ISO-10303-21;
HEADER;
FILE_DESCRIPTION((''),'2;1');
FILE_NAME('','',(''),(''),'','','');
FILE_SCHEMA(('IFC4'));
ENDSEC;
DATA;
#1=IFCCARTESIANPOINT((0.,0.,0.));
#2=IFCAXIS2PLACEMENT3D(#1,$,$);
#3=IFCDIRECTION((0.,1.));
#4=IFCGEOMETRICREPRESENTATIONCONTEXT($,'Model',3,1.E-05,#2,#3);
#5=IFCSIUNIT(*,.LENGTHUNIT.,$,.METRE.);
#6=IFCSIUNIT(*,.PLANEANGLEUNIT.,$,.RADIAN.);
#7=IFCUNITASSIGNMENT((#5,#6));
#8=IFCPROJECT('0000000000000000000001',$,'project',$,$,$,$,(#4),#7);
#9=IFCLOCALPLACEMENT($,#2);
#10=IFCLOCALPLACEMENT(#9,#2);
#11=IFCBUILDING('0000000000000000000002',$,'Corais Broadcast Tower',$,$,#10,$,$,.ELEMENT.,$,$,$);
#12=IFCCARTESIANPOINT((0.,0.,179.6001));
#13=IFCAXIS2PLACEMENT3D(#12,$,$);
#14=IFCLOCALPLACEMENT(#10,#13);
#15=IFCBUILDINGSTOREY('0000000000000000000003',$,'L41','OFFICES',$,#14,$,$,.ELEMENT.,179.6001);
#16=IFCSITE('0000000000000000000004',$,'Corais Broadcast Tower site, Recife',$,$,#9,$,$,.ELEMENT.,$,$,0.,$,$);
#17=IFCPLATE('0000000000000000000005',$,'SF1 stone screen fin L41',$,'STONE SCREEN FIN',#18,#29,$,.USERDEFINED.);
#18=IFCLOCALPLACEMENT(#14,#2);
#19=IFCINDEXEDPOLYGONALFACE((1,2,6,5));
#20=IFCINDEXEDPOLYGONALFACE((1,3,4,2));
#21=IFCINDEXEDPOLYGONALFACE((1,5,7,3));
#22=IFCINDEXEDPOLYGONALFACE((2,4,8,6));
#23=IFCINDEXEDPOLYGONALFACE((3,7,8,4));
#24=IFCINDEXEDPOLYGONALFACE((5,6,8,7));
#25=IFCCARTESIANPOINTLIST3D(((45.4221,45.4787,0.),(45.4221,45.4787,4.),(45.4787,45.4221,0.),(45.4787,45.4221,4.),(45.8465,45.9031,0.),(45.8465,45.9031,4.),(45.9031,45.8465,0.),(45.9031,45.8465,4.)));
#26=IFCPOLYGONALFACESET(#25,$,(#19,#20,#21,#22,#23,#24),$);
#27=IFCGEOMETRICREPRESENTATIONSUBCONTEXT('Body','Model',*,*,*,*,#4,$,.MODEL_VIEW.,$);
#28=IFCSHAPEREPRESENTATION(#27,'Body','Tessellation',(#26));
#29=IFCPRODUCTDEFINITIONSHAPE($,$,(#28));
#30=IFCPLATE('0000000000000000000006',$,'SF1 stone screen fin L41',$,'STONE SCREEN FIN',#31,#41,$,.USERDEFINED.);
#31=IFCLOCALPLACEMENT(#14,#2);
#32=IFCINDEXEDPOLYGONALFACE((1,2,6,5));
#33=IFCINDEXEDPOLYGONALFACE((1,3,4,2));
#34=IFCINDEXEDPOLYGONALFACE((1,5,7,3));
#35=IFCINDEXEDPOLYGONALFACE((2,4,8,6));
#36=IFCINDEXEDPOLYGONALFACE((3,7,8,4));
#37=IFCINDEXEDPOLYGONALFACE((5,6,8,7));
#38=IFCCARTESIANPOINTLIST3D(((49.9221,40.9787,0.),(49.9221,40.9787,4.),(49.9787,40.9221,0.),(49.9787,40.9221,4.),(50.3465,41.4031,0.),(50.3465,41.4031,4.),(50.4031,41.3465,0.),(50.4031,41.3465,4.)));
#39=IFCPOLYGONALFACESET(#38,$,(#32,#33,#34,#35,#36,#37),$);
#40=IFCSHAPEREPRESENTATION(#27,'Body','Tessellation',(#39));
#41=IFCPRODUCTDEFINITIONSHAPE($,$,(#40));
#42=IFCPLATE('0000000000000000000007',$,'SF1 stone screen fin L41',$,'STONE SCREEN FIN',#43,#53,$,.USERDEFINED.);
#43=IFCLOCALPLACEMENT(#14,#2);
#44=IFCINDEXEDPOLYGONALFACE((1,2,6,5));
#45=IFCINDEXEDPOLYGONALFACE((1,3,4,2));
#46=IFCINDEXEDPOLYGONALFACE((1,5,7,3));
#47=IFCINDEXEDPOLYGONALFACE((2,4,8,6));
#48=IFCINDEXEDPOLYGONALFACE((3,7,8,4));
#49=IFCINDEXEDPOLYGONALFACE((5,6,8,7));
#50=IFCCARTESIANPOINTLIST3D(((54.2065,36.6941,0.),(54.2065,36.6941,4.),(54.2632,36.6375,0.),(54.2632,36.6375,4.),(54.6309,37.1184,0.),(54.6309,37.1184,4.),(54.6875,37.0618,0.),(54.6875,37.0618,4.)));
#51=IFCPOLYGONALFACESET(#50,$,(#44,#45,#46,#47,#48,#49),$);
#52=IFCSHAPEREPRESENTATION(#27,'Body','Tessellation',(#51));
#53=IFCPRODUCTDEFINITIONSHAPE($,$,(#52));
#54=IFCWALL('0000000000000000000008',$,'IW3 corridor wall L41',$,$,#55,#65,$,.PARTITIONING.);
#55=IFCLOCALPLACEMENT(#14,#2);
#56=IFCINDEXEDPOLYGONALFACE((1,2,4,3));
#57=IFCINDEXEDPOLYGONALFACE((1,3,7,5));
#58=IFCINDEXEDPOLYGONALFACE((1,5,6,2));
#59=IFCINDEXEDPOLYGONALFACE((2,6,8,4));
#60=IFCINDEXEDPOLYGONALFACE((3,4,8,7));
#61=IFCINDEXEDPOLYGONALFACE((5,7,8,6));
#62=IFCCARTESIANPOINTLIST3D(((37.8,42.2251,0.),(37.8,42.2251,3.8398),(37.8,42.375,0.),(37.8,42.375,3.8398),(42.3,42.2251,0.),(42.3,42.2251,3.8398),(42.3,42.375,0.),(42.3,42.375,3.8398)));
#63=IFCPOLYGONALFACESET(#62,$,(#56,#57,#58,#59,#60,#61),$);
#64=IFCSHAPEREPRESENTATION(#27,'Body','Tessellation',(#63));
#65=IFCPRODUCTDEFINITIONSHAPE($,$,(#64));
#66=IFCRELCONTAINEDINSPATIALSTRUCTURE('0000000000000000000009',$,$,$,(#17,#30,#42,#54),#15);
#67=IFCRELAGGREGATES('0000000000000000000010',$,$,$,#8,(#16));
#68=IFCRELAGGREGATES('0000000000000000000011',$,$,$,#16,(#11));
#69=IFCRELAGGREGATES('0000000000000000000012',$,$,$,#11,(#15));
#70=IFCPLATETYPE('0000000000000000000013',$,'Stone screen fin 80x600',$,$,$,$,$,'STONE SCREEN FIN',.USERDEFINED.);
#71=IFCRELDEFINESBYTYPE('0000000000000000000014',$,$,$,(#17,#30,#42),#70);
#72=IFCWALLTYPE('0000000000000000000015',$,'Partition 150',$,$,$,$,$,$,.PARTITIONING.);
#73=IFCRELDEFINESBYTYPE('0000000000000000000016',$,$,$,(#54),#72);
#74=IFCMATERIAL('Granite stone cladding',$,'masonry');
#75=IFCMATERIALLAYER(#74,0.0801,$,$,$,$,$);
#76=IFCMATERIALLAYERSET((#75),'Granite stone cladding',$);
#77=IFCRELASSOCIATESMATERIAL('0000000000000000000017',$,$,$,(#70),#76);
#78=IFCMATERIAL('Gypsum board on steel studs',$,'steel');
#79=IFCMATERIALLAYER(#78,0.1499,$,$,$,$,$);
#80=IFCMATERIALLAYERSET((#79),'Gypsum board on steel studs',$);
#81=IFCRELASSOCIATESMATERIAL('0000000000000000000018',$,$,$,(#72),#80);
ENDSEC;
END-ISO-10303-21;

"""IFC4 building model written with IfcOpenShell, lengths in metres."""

from ifc_helpers import new_model, si_unit, direction, frame, frame_2d, origin, origin_2d, place, context, subcontext, project, spatial, rectangle, extrude, material, layer, layer_set, type_object, element, save


model = new_model("IFC4")

# Units and contexts
model_context = context("Model", 3, precision=1e-05, world=origin(), true_north=direction((0.0, 1.0)))
body_context = subcontext(model_context, "Body", "Model", "MODEL_VIEW")
ifc_project = project(units=[si_unit("LENGTHUNIT", "METRE"), si_unit("PLANEANGLEUNIT", "RADIAN")], contexts=[model_context])

# Site, building, storey
site_placement = place(None, origin())
site = spatial("IfcSite", under=ifc_project, at=site_placement, Name="Corais Broadcast Tower site, Recife", CompositionType="ELEMENT", RefElevation=0.0)
building_placement = place(site_placement, origin())
building = spatial("IfcBuilding", under=site, at=building_placement, Name="Corais Broadcast Tower", CompositionType="ELEMENT")
storey_placement = place(building_placement, frame((0.0, 0.0, 179.6001)))
storey = spatial("IfcBuildingStorey", under=building, at=storey_placement, Name="L41", Description="OFFICES", CompositionType="ELEMENT", Elevation=179.6001)

# Plates
ifc_material_1 = material(Name="Granite stone cladding", Category="masonry")
ifc_layer_1 = layer(ifc_material_1, 0.0801)
ifc_layer_set_1 = layer_set([ifc_layer_1], Name="Granite stone cladding")
plate_type_1 = type_object("IfcPlateType", Name="Stone screen fin 80x600", ElementType="STONE SCREEN FIN", PredefinedType="USERDEFINED", material=ifc_layer_set_1)
for number, where, z_axis, x_axis, name in (
    (1, (45.6626, 45.6626, 0.0), (0.0, 0.0, 1.0), (0.707107, -0.707107, 0.0), "SF1 stone screen fin L41"),
    (2, (50.1626, 41.1626, 0.0), (0.0, 0.0, 1.0), (0.707107, -0.707107, 0.0), "SF1 stone screen fin L41"),
    (3, (54.447, 36.8779, 0.0), (0.0, 0.0, 1.0), (0.707107, -0.707107, 0.0), "SF1 stone screen fin L41"),
):
    element("IfcPlate", number, at=place(storey_placement, frame(where, z_axis=z_axis, x_axis=x_axis)), inside=storey, type_object=plate_type_1, Name=name, ObjectType="STONE SCREEN FIN", PredefinedType="USERDEFINED", context=body_context, shape_type="SweptSolid", body=[
        extrude(rectangle(XDim=0.0801, YDim=0.6001, at=origin_2d()), origin(), (0.0, 0.0, 1.0), 4.0),
    ])

# Wall
ifc_material_2 = material(Name="Gypsum board on steel studs", Category="steel")
ifc_layer_2 = layer(ifc_material_2, 0.1499)
ifc_layer_set_2 = layer_set([ifc_layer_2], Name="Gypsum board on steel studs")
wall_type = type_object("IfcWallType", Name="Partition 150", PredefinedType="PARTITIONING", material=ifc_layer_set_2)
wall_placement = place(storey_placement, frame((42.3, 42.3, 0.0), z_axis=(0.0, 0.0, 1.0), x_axis=(-1.0, 0.0, 0.0)))
element("IfcWall", 4, at=wall_placement, inside=storey, type_object=wall_type, Name="IW3 corridor wall L41", PredefinedType="PARTITIONING", context=body_context, shape_type="SweptSolid", body=[
    extrude(rectangle(XDim=4.5, YDim=0.1499, at=frame_2d((2.25, 0.0))), origin(), (0.0, 0.0, 1.0), 3.8398),
])

save(model, "model.ifc")
